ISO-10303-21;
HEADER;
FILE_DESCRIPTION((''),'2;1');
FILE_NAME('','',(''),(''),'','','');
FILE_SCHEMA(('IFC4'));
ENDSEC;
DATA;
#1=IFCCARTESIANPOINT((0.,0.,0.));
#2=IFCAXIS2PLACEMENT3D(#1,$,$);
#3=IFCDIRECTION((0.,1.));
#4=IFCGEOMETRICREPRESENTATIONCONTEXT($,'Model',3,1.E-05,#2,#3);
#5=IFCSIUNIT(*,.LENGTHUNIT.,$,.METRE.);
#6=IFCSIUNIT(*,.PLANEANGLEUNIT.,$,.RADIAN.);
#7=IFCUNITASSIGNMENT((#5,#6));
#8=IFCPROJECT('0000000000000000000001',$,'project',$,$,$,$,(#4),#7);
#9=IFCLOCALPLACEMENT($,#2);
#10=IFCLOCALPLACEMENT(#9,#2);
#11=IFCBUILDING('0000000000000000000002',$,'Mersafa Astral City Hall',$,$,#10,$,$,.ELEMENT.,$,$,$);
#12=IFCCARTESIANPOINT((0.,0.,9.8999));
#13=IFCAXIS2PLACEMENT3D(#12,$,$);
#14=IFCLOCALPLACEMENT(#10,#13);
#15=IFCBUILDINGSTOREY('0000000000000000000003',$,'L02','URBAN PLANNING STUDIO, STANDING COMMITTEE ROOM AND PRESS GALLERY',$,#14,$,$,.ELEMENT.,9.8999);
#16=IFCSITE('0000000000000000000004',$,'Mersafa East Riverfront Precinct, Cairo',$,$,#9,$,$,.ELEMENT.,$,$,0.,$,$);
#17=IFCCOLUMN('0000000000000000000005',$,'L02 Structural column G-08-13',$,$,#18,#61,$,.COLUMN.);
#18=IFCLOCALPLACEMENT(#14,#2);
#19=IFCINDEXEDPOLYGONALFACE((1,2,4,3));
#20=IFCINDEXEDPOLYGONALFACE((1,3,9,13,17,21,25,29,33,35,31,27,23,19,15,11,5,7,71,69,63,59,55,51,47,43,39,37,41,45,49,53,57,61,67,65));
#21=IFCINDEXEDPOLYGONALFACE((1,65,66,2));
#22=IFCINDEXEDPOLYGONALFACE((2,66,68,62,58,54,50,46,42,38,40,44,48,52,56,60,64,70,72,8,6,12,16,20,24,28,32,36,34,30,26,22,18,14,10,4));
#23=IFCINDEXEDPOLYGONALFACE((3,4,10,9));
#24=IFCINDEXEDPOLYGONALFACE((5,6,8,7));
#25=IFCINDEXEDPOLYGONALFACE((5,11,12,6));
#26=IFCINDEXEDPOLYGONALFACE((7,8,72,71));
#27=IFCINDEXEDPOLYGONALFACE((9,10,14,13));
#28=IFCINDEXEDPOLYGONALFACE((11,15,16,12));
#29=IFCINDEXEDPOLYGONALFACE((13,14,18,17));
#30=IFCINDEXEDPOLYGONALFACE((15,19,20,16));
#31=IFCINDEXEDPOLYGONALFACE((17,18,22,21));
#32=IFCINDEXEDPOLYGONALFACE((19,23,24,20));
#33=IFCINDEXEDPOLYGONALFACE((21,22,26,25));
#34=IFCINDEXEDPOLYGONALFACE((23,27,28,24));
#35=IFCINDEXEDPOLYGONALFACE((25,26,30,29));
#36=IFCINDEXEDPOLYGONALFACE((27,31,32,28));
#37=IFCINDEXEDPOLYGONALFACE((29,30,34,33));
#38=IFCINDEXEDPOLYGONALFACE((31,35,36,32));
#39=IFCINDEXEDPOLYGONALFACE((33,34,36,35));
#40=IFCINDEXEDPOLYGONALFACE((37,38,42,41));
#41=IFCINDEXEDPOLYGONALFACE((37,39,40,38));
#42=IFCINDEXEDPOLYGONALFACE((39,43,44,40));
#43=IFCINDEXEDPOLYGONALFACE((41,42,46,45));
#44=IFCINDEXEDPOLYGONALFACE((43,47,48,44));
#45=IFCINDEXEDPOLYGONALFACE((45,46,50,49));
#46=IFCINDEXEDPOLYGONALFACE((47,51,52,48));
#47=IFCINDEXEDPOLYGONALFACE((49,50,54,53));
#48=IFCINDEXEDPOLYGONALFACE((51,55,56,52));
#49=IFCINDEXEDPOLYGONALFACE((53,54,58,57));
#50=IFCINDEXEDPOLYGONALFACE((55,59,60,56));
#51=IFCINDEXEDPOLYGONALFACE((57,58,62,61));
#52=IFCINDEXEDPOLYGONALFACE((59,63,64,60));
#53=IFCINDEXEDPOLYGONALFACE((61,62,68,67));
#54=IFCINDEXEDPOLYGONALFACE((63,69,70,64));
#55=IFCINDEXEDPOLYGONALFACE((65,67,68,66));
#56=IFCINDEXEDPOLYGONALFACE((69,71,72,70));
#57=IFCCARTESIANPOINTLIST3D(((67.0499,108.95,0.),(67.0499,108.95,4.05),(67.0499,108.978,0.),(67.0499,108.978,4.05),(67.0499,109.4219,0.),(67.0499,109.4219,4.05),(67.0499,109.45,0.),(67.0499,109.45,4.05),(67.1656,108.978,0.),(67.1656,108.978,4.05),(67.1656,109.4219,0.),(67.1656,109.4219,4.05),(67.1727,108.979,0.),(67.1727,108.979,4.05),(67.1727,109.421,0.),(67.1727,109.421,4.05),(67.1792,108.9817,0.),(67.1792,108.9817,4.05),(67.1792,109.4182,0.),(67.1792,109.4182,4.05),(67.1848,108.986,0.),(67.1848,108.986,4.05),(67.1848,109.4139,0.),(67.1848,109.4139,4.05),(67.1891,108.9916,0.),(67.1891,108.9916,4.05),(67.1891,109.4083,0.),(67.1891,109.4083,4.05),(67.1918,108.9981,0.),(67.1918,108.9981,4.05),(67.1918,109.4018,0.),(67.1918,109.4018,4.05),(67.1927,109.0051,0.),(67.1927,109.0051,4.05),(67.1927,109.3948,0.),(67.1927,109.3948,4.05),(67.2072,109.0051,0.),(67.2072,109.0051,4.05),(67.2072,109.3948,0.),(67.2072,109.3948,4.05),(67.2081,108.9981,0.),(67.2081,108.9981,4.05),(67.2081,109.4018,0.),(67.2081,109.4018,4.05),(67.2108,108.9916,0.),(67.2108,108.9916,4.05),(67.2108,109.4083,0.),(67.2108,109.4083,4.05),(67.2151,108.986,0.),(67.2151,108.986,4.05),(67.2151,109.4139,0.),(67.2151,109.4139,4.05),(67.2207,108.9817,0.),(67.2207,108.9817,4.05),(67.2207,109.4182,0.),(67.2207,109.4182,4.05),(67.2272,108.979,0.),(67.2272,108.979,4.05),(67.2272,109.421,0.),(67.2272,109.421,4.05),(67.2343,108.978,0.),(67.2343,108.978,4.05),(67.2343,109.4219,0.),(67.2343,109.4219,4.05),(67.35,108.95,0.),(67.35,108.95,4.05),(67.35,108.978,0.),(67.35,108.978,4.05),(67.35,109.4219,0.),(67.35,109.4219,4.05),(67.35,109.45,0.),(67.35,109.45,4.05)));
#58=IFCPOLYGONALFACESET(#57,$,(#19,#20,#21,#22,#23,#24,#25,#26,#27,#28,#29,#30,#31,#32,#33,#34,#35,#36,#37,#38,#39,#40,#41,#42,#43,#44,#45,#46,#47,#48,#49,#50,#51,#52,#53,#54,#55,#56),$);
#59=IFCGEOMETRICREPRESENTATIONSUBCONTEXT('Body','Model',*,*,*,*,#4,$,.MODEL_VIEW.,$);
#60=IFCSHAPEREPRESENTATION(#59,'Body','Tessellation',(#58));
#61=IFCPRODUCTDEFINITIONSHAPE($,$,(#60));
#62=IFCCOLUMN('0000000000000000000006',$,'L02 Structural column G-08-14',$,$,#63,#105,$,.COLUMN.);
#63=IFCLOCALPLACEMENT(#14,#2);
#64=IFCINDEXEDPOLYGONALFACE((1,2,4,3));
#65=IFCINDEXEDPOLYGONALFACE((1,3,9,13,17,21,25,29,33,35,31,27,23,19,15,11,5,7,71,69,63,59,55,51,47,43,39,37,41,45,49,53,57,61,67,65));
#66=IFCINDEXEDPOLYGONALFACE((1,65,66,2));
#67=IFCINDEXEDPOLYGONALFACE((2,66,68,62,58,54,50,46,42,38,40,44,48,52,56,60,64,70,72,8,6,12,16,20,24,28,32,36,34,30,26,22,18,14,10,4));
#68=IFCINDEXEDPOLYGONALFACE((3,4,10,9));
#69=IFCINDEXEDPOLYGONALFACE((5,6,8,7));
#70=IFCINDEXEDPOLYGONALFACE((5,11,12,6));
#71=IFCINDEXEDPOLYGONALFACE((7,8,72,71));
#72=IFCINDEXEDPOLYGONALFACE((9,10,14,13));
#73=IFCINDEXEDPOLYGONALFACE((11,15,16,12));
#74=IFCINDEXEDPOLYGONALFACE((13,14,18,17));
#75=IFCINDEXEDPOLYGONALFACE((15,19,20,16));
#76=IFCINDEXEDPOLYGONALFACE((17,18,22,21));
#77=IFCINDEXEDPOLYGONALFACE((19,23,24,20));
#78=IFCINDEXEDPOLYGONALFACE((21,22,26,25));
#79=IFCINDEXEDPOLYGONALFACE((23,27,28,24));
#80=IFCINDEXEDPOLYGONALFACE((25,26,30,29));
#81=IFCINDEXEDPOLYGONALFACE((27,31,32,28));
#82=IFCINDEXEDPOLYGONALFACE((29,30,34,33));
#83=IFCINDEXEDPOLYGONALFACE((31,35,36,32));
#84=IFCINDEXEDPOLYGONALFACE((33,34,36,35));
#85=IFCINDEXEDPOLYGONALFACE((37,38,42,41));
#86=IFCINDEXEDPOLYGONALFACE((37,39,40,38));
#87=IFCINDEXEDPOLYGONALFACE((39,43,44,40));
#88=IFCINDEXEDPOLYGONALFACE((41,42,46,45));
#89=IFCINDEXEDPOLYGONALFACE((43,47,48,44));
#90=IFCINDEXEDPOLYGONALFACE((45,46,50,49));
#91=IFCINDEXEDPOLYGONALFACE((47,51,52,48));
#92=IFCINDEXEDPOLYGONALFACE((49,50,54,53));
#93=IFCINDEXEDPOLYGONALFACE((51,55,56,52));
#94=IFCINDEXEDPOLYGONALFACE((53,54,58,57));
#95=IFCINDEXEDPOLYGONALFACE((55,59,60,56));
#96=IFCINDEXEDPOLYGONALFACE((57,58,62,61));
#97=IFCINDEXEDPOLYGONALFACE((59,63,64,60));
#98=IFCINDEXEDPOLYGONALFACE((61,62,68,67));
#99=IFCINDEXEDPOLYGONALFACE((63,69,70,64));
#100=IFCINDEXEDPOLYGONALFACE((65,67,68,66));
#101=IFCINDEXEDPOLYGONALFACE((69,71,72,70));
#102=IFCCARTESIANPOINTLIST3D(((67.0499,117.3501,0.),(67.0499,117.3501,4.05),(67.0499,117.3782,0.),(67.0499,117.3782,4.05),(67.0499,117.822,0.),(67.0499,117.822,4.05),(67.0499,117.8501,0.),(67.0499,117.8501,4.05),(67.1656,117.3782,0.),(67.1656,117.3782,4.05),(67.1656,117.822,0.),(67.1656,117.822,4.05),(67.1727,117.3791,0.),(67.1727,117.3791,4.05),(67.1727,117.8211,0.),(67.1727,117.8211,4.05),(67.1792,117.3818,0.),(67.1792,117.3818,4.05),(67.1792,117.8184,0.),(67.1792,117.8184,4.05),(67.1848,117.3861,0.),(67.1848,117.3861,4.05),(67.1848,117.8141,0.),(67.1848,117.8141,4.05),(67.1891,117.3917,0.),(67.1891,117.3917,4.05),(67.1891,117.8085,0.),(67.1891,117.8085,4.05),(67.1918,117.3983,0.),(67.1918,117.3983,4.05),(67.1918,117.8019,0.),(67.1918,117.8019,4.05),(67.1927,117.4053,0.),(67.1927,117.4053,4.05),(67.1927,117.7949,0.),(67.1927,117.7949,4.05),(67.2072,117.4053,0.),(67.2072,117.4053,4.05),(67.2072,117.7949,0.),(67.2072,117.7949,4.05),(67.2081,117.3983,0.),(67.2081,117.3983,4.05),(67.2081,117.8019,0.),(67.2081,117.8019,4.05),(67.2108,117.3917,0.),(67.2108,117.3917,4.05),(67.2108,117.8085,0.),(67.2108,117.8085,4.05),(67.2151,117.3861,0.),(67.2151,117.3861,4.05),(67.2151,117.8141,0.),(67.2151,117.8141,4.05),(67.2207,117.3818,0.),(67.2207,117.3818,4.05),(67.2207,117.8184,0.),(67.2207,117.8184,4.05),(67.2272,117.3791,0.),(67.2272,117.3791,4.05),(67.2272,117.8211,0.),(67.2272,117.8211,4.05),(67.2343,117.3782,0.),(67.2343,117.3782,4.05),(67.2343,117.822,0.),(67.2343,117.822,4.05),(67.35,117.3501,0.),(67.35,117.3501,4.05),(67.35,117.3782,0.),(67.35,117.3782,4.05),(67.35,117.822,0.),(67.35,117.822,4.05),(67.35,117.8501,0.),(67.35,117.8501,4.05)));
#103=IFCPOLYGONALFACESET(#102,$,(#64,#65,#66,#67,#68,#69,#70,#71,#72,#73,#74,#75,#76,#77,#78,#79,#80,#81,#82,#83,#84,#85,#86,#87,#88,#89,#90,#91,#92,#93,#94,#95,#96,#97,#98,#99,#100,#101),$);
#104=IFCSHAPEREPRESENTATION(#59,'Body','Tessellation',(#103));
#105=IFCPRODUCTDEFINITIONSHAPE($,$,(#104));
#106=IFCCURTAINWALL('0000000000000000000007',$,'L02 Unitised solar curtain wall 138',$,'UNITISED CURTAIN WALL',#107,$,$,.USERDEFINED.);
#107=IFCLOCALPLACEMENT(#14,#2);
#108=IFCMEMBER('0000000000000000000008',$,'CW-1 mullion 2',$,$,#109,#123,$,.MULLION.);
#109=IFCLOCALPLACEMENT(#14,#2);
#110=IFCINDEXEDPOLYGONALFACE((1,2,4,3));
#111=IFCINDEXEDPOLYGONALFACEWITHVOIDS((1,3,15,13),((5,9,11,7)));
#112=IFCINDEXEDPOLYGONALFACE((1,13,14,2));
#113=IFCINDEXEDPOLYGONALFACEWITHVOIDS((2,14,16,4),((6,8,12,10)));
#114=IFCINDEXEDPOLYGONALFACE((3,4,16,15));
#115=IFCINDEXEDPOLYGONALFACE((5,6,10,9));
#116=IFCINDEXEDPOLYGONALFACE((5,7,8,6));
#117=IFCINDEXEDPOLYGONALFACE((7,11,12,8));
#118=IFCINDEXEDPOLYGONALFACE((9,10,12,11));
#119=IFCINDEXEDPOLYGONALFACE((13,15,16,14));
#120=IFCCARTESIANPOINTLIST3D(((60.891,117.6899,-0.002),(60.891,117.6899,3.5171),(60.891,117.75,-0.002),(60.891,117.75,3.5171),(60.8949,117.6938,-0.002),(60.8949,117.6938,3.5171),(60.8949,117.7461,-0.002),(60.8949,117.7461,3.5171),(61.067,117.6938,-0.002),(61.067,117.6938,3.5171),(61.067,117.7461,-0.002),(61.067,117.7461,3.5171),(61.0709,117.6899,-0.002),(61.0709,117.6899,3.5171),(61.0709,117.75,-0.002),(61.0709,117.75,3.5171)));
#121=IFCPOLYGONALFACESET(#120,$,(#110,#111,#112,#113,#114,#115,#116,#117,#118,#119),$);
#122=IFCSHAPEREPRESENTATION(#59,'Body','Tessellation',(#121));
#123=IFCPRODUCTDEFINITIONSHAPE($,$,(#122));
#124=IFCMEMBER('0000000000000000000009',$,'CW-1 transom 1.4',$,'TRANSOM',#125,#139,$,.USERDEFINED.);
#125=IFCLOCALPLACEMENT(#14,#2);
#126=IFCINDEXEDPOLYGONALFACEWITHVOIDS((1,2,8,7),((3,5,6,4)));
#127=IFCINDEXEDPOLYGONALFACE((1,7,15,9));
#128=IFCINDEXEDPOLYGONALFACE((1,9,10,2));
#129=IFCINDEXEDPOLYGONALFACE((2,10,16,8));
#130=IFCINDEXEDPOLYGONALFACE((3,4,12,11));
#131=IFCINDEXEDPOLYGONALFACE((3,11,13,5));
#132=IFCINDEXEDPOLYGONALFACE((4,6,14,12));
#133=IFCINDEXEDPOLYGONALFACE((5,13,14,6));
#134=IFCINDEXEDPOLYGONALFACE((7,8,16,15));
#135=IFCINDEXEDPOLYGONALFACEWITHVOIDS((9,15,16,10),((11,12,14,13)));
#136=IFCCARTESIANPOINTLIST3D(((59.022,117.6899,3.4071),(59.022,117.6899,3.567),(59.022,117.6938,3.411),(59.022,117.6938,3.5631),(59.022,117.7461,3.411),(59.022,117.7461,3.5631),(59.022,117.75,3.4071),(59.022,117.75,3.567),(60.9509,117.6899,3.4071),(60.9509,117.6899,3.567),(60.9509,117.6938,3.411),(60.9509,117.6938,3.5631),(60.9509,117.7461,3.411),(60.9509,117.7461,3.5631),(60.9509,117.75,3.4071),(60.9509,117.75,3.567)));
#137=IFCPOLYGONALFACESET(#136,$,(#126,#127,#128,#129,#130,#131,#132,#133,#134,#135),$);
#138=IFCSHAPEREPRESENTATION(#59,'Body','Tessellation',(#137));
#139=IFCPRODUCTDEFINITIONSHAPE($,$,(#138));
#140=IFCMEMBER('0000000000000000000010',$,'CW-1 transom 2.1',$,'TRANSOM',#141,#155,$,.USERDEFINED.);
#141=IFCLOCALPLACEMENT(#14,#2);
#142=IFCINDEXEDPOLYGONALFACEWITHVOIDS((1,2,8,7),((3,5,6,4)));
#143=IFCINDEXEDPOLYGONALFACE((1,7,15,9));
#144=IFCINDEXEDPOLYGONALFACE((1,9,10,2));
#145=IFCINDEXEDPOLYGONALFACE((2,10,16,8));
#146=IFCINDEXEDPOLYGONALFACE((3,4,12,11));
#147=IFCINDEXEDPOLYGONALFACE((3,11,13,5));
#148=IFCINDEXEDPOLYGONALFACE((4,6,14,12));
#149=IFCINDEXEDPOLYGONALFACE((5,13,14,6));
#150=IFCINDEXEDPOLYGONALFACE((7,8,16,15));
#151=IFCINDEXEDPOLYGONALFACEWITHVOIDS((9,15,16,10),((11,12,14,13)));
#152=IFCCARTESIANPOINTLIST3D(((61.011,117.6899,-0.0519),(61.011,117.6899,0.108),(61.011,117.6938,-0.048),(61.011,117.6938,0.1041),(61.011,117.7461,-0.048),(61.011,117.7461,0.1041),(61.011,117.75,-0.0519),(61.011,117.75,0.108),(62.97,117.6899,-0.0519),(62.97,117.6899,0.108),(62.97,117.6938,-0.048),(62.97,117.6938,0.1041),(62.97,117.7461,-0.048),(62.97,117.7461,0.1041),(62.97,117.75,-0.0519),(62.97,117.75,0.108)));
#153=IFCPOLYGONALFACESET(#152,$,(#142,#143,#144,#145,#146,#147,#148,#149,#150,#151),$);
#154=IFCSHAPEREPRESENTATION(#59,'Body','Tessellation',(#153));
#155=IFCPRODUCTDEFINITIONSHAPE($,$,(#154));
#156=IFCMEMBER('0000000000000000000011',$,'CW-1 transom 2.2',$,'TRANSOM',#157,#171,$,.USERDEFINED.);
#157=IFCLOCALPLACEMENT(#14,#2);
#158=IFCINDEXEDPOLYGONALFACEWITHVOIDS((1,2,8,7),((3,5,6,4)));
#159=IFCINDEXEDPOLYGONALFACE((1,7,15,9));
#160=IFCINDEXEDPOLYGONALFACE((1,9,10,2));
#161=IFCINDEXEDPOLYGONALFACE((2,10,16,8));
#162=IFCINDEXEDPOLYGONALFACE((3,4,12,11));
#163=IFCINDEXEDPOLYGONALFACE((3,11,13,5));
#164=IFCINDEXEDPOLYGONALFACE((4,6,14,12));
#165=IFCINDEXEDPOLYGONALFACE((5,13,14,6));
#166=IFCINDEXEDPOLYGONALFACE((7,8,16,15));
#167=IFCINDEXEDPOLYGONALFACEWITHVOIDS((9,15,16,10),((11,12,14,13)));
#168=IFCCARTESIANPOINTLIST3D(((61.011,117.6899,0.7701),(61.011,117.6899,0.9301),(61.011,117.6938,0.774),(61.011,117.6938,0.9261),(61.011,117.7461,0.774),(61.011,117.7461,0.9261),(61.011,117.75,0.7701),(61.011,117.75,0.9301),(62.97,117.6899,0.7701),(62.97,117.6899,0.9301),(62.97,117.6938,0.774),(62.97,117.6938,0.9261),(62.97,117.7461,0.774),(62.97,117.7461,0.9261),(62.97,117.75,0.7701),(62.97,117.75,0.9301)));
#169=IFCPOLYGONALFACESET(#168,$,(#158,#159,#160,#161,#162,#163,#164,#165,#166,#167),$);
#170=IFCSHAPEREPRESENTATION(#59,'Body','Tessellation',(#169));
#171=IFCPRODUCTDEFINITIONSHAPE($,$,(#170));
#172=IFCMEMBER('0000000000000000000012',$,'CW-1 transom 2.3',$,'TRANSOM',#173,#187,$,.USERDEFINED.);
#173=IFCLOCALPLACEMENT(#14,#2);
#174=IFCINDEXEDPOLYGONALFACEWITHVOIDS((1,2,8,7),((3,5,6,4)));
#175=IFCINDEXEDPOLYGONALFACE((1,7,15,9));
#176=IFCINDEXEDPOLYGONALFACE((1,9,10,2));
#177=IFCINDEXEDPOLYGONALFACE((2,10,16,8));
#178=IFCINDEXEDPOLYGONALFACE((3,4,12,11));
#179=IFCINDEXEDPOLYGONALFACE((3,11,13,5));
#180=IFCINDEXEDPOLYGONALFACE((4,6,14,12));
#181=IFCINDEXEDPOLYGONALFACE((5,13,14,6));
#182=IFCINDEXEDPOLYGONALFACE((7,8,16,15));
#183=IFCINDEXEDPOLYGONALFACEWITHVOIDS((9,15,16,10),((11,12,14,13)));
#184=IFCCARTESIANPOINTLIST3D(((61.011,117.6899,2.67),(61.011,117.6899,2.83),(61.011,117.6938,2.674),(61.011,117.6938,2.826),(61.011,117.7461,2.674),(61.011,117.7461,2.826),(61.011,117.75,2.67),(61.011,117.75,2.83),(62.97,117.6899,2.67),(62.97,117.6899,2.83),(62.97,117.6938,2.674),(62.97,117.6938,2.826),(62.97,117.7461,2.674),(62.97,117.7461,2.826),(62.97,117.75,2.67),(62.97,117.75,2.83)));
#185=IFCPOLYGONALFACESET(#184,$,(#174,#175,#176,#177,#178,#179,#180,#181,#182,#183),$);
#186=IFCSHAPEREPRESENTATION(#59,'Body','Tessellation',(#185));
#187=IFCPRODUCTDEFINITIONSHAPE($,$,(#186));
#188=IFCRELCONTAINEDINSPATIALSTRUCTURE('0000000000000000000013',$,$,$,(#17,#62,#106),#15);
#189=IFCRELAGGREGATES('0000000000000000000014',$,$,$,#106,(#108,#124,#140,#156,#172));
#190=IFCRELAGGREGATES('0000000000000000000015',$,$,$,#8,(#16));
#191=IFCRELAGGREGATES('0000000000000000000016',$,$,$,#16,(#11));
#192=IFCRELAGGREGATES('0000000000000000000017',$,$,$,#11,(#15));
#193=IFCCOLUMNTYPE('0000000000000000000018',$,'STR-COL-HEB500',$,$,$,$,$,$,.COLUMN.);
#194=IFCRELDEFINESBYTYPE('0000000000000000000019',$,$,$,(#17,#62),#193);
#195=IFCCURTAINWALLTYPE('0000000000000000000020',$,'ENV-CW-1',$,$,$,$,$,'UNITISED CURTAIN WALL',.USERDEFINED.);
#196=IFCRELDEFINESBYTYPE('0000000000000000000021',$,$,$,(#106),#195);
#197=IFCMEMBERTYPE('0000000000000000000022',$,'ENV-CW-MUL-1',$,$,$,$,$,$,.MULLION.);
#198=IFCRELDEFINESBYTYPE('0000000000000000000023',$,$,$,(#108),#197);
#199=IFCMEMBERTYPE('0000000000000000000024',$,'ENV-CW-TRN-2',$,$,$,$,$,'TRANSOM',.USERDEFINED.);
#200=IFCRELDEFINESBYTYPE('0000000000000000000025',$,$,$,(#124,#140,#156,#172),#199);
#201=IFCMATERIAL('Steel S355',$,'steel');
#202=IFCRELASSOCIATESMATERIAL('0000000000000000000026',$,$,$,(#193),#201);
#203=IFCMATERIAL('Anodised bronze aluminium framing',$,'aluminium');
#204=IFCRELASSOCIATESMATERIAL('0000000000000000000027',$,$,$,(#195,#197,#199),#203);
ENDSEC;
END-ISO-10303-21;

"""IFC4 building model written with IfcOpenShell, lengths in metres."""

from ifc_helpers import new_model, si_unit, direction, frame, origin, origin_2d, place, context, subcontext, project, spatial, hollow_rectangle, i_section, extrude, material, material_profile, profile_set, type_object, element, aggregate, save


model = new_model("IFC4")

# Units and contexts
model_context = context("Model", 3, precision=1e-05, world=origin(), true_north=direction((0.0, 1.0)))
body_context = subcontext(model_context, "Body", "Model", "MODEL_VIEW")
ifc_project = project(units=[si_unit("LENGTHUNIT", "METRE"), si_unit("PLANEANGLEUNIT", "RADIAN")], contexts=[model_context])

# Site, building, storey
site_placement = place(None, origin())
site = spatial("IfcSite", under=ifc_project, at=site_placement, Name="Mersafa East Riverfront Precinct, Cairo", CompositionType="ELEMENT", RefElevation=0.0)
building_placement = place(site_placement, origin())
building = spatial("IfcBuilding", under=site, at=building_placement, Name="Mersafa Astral City Hall", CompositionType="ELEMENT")
storey_placement = place(building_placement, frame((0.0, 0.0, 9.8999)))
storey = spatial("IfcBuildingStorey", under=building, at=storey_placement, Name="L02", Description="URBAN PLANNING STUDIO, STANDING COMMITTEE ROOM AND PRESS GALLERY", CompositionType="ELEMENT", Elevation=9.8999)

# Columns
ifc_material_1 = material(Name="Steel S355", Category="steel")
ifc_material_profile_1 = material_profile(ifc_material_1, i_section(OverallWidth=0.3, OverallDepth=0.5, WebThickness=0.0144, FlangeThickness=0.0281, FilletRadius=0.0271, at=origin_2d()), Name="HEB 500")
ifc_profile_set_1 = profile_set([ifc_material_profile_1], Name="Steel S355")
column_type = type_object("IfcColumnType", Name="STR-COL-HEB500", PredefinedType="COLUMN", material=ifc_profile_set_1)
for number, where, z_axis, x_axis, name in (
    (1, (67.2, 109.2, 0.0), (0.0, 0.0, 1.0), (1.0, 0.0, 0.0), "L02 Structural column G-08-13"),
    (2, (67.2, 117.6001, 0.0), (0.0, 0.0, 1.0), (1.0, 0.0, 0.0), "L02 Structural column G-08-14"),
):
    element("IfcColumn", number, at=place(storey_placement, frame(where, z_axis=z_axis, x_axis=x_axis)), inside=storey, type_object=column_type, Name=name, PredefinedType="COLUMN", context=body_context, shape_type="SweptSolid", body=[
        extrude(i_section(OverallWidth=0.3, OverallDepth=0.5, WebThickness=0.0144, FlangeThickness=0.0281, FilletRadius=0.0271, at=origin_2d()), origin(), (0.0, 0.0, 1.0), 4.05),
    ])

# Curtain wall, members
ifc_material_2 = material(Name="Anodised bronze aluminium framing", Category="aluminium")
curtain_wall_type = type_object("IfcCurtainWallType", Name="ENV-CW-1", ElementType="UNITISED CURTAIN WALL", PredefinedType="USERDEFINED", material=ifc_material_2)
curtain_wall_placement = place(storey_placement, origin())
curtain_wall = element("IfcCurtainWall", 3, at=curtain_wall_placement, inside=storey, type_object=curtain_wall_type, Name="L02 Unitised solar curtain wall 138", ObjectType="UNITISED CURTAIN WALL", PredefinedType="USERDEFINED")
ifc_material_profile_2 = material_profile(ifc_material_2, hollow_rectangle(XDim=0.0601, YDim=0.1799, WallThickness=0.0039, at=origin_2d()), Name="RHS 60x180x4")
ifc_profile_set_2 = profile_set([ifc_material_profile_2], Name="Anodised bronze aluminium framing")
member_type_1 = type_object("IfcMemberType", Name="ENV-CW-MUL-1", PredefinedType="MULLION", material=ifc_profile_set_2)
member_1_placement = place(storey_placement, frame((60.981, 117.72, -0.002), z_axis=(0.0, 0.0, 1.0), x_axis=(0.0, 1.0, 0.0)))
member_1 = element("IfcMember", 4, at=member_1_placement, type_object=member_type_1, Name="CW-1 mullion 2", PredefinedType="MULLION", context=body_context, shape_type="SweptSolid", body=[
    extrude(hollow_rectangle(XDim=0.0601, YDim=0.1799, WallThickness=0.0039, at=origin_2d()), origin(), (0.0, 0.0, 1.0), 3.519),
])
ifc_material_profile_3 = material_profile(ifc_material_2, hollow_rectangle(XDim=0.0601, YDim=0.1599, WallThickness=0.0039, at=origin_2d()), Name="RHS 60x160x4")
ifc_profile_set_3 = profile_set([ifc_material_profile_3], Name="Anodised bronze aluminium framing")
member_type_2 = type_object("IfcMemberType", Name="ENV-CW-TRN-2", ElementType="TRANSOM", PredefinedType="USERDEFINED", material=ifc_profile_set_3)
member_2_placement = place(storey_placement, frame((59.022, 117.72, 3.4871), z_axis=(1.0, 0.0, 0.0), x_axis=(0.0, 1.0, 0.0)))
member_2 = element("IfcMember", 5, at=member_2_placement, type_object=member_type_2, Name="CW-1 transom 1.4", ObjectType="TRANSOM", PredefinedType="USERDEFINED", context=body_context, shape_type="SweptSolid", body=[
    extrude(hollow_rectangle(XDim=0.0601, YDim=0.1599, WallThickness=0.0039, at=origin_2d()), origin(), (0.0, 0.0, 1.0), 1.929),
])
member_3_placement = place(storey_placement, frame((61.011, 117.72, 0.0281), z_axis=(1.0, 0.0, 0.0), x_axis=(0.0, 1.0, 0.0)))
member_3 = element("IfcMember", 6, at=member_3_placement, type_object=member_type_2, Name="CW-1 transom 2.1", ObjectType="TRANSOM", PredefinedType="USERDEFINED", context=body_context, shape_type="SweptSolid", body=[
    extrude(hollow_rectangle(XDim=0.0601, YDim=0.1599, WallThickness=0.0039, at=origin_2d()), origin(), (0.0, 0.0, 1.0), 1.959),
])
member_4_placement = place(storey_placement, frame((61.011, 117.72, 0.8501), z_axis=(1.0, 0.0, 0.0), x_axis=(0.0, 1.0, 0.0)))
member_4 = element("IfcMember", 7, at=member_4_placement, type_object=member_type_2, Name="CW-1 transom 2.2", ObjectType="TRANSOM", PredefinedType="USERDEFINED", context=body_context, shape_type="SweptSolid", body=[
    extrude(hollow_rectangle(XDim=0.0601, YDim=0.1599, WallThickness=0.0039, at=origin_2d()), origin(), (0.0, 0.0, 1.0), 1.959),
])
member_5_placement = place(storey_placement, frame((61.011, 117.72, 2.75), z_axis=(1.0, 0.0, 0.0), x_axis=(0.0, 1.0, 0.0)))
member_5 = element("IfcMember", 8, at=member_5_placement, type_object=member_type_2, Name="CW-1 transom 2.3", ObjectType="TRANSOM", PredefinedType="USERDEFINED", context=body_context, shape_type="SweptSolid", body=[
    extrude(hollow_rectangle(XDim=0.0601, YDim=0.1599, WallThickness=0.0039, at=origin_2d()), origin(), (0.0, 0.0, 1.0), 1.959),
])

aggregate(curtain_wall, [member_1, member_2, member_3, member_4, member_5])

save(model, "model.ifc")
